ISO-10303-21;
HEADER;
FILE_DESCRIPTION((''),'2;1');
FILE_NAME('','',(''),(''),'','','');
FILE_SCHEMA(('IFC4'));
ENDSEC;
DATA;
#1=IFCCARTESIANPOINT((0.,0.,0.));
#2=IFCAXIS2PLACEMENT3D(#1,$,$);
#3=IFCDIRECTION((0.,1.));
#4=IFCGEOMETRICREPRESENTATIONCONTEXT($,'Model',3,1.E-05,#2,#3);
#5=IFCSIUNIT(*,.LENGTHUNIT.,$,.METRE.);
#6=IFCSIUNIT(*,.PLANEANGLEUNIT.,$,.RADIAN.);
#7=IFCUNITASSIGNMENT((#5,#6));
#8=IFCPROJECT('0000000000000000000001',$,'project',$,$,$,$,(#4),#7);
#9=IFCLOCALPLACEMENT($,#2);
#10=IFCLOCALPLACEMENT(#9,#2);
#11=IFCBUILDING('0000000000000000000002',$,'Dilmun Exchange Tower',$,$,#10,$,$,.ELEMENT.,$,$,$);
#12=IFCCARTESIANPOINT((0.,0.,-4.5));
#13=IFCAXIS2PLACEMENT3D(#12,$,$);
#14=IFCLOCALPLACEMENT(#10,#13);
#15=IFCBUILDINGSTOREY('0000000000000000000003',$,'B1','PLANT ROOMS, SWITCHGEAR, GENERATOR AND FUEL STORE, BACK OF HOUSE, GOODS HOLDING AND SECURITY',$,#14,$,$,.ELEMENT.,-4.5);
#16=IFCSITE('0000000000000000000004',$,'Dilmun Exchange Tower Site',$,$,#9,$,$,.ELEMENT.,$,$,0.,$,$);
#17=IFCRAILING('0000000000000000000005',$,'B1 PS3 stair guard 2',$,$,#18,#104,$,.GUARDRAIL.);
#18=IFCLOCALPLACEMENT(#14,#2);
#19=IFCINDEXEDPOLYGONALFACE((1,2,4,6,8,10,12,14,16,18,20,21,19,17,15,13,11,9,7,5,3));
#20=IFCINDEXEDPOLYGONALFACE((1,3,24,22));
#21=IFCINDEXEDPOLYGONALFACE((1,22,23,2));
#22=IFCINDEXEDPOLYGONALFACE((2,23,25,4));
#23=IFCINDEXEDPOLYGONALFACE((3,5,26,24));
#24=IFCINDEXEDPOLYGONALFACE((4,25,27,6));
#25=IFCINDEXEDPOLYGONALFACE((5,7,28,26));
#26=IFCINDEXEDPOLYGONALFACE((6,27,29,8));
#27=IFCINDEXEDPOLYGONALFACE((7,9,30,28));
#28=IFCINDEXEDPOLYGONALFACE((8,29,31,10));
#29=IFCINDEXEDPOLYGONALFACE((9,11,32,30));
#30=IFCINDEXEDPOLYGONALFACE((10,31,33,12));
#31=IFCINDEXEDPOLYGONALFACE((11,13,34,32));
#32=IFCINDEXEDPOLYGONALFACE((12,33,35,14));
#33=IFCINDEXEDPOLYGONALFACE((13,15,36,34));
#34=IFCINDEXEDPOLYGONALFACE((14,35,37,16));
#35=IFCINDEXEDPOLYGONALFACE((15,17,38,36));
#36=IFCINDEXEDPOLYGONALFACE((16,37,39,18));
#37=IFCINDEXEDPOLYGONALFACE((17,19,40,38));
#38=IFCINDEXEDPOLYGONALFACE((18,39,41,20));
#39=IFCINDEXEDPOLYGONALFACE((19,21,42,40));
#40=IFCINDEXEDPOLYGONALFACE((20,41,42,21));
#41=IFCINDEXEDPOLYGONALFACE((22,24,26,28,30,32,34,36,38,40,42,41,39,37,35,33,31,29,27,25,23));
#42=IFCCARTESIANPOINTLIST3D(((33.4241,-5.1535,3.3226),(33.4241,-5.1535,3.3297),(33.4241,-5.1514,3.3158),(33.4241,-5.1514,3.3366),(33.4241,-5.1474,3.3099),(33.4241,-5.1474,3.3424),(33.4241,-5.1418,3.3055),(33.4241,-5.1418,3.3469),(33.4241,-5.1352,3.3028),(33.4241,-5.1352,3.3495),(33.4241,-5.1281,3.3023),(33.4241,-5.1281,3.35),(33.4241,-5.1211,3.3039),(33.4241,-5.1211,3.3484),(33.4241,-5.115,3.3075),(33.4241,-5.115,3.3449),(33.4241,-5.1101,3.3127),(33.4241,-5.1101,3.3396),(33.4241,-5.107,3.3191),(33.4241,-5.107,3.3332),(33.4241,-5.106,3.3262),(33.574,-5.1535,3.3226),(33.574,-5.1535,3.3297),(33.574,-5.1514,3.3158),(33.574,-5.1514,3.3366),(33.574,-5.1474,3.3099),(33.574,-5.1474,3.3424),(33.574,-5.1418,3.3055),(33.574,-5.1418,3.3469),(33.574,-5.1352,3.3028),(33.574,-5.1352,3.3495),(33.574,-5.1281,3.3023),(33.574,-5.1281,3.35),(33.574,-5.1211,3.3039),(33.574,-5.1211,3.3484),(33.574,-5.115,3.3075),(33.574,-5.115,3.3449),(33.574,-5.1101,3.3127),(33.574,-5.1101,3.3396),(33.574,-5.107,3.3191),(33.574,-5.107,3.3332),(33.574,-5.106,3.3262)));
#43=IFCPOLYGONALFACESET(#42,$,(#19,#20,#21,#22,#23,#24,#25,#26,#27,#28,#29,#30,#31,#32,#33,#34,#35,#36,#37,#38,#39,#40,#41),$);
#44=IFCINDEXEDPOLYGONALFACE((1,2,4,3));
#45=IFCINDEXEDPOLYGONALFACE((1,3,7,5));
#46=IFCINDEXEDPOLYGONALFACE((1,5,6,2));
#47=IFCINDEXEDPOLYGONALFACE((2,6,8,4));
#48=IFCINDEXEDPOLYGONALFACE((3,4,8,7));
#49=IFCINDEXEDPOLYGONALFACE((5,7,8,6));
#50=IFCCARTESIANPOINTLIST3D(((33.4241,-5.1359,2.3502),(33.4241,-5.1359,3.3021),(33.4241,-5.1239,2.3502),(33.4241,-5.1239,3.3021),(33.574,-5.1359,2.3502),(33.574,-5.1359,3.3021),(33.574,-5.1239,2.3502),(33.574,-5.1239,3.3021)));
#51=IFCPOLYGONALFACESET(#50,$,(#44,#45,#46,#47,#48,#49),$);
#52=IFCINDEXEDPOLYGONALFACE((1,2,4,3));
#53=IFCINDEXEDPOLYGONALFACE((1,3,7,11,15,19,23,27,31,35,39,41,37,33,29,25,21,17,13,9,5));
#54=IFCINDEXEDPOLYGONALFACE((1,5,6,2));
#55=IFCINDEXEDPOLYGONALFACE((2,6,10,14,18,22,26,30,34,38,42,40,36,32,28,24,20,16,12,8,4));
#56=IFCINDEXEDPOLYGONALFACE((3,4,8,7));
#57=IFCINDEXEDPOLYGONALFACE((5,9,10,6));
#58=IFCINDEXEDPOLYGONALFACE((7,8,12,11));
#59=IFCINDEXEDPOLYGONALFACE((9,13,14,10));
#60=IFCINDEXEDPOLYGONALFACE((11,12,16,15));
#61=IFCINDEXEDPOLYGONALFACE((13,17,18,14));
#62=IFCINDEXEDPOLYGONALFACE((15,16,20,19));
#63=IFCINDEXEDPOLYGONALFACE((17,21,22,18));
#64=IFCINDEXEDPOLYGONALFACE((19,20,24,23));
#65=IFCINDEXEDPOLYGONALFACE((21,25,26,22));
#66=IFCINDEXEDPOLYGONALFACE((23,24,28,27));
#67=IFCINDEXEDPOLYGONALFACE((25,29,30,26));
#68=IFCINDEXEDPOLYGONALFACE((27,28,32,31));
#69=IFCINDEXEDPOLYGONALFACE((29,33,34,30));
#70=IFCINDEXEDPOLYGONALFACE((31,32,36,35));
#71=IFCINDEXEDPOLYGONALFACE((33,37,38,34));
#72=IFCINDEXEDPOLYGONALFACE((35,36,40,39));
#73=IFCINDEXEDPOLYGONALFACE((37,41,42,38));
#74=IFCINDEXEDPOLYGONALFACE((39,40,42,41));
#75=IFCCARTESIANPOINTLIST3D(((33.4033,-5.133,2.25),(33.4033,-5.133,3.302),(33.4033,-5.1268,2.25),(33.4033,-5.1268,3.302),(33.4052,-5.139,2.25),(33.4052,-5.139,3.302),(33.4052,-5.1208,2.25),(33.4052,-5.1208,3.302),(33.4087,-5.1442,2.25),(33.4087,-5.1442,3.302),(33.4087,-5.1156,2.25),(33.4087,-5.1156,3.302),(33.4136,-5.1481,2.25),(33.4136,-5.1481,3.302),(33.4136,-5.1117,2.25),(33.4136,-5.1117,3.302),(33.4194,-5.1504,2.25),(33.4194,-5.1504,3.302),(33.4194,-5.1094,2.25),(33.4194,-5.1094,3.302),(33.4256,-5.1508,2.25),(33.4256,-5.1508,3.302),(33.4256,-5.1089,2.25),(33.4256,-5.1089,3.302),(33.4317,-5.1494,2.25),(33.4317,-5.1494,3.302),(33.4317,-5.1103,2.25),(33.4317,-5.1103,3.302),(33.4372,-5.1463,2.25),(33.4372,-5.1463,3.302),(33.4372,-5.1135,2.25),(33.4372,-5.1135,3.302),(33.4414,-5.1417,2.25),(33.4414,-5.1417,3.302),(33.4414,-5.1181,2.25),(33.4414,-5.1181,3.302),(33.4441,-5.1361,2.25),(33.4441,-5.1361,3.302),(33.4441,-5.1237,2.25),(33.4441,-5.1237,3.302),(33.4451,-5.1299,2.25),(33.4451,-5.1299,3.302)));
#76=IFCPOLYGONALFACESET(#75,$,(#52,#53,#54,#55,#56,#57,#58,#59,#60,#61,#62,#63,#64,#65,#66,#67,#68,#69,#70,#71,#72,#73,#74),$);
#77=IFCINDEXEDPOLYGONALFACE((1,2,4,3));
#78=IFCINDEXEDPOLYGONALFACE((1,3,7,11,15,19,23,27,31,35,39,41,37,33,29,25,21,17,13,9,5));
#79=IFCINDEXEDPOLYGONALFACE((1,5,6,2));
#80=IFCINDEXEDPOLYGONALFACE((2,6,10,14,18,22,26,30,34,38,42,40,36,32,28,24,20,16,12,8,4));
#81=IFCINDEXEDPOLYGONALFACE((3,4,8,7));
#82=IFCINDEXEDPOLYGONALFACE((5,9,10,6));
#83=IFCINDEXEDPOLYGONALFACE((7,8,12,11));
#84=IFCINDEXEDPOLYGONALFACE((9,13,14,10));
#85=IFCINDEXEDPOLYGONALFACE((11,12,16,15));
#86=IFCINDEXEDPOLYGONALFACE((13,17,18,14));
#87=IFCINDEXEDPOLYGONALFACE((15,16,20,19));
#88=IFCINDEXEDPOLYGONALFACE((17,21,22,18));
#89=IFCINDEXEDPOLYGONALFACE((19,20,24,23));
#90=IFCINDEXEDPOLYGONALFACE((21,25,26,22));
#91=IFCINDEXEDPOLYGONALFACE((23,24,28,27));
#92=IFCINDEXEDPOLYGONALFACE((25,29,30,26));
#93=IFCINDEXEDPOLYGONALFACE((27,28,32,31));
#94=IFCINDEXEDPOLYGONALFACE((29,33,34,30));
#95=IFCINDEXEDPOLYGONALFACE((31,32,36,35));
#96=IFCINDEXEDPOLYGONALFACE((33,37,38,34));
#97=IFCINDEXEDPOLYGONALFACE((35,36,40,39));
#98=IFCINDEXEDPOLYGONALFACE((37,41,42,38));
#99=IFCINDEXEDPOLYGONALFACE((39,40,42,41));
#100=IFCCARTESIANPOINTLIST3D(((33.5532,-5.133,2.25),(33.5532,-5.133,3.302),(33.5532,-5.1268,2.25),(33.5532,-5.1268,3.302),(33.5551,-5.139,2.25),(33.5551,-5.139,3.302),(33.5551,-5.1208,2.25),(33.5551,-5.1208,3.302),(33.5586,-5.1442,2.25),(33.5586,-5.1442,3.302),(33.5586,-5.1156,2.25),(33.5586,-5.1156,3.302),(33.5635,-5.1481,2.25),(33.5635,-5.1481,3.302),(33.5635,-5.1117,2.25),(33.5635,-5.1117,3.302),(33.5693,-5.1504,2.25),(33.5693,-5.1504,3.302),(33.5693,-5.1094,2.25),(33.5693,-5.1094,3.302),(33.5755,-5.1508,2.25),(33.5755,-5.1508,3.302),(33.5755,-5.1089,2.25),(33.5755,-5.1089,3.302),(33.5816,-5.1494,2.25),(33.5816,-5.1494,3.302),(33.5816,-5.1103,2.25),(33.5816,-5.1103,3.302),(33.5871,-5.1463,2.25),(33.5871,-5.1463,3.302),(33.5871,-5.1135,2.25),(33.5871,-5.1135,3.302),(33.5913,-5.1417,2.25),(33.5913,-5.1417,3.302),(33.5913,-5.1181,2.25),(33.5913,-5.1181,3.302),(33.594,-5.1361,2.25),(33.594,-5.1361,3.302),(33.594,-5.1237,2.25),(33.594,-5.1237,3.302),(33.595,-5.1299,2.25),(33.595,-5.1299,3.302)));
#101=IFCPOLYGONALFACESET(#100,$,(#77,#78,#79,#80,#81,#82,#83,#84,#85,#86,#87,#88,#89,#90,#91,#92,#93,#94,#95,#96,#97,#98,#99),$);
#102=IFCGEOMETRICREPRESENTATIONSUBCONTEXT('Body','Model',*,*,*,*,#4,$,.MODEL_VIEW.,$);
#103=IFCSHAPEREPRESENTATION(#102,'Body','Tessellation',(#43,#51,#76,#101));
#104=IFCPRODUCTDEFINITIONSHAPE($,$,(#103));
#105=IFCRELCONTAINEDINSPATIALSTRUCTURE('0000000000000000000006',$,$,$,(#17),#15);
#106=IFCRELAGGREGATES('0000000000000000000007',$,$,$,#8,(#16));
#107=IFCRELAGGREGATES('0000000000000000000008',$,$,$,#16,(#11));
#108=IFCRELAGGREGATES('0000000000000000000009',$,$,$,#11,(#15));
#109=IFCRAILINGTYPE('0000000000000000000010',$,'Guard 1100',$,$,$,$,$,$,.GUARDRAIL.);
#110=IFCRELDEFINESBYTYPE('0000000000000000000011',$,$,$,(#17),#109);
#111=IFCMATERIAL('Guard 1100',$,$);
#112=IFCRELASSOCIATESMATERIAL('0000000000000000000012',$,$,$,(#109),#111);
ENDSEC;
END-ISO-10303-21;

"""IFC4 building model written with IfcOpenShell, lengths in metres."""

from ifc_helpers import new_model, si_unit, direction, frame, origin, origin_2d, place, context, subcontext, project, spatial, rectangle, circle, extrude, material, type_object, element, save


model = new_model("IFC4")

# Units and contexts
model_context = context("Model", 3, precision=1e-05, world=origin(), true_north=direction((0.0, 1.0)))
body_context = subcontext(model_context, "Body", "Model", "MODEL_VIEW")
ifc_project = project(units=[si_unit("LENGTHUNIT", "METRE"), si_unit("PLANEANGLEUNIT", "RADIAN")], contexts=[model_context])

# Site, building, storey
site_placement = place(None, origin())
site = spatial("IfcSite", under=ifc_project, at=site_placement, Name="Dilmun Exchange Tower Site", CompositionType="ELEMENT", RefElevation=0.0)
building_placement = place(site_placement, origin())
building = spatial("IfcBuilding", under=site, at=building_placement, Name="Dilmun Exchange Tower", CompositionType="ELEMENT")
storey_placement = place(building_placement, frame((0.0, 0.0, -4.5)))
storey = spatial("IfcBuildingStorey", under=building, at=storey_placement, Name="B1", Description="PLANT ROOMS, SWITCHGEAR, GENERATOR AND FUEL STORE, BACK OF HOUSE, GOODS HOLDING AND SECURITY", CompositionType="ELEMENT", Elevation=-4.5)

# Railing
ifc_material_1 = material(Name="Guard 1100")
railing_type_1 = type_object("IfcRailingType", Name="Guard 1100", PredefinedType="GUARDRAIL", material=ifc_material_1)
railing_1_placement = place(storey_placement, frame((33.4241, -5.1299, 2.25)))
element("IfcRailing", 1, at=railing_1_placement, inside=storey, type_object=railing_type_1, Name="B1 PS3 stair guard 2", PredefinedType="GUARDRAIL", context=body_context, shape_type="SweptSolid", body=[
    extrude(circle(Radius=0.0239, at=origin_2d()), frame((0.0, 0.0, 1.0762), z_axis=(1.0, 0.0, 0.0), x_axis=(0.0, 1.0, 0.0)), (0.0, 0.0, 1.0), 0.1499),
    extrude(rectangle(XDim=0.012, YDim=0.9519, at=origin_2d()), frame((0.0, 0.0, 0.5762), z_axis=(1.0, 0.0, 0.0), x_axis=(0.0, 1.0, 0.0)), (0.0, 0.0, 1.0), 0.1499),
    extrude(circle(Radius=0.021, at=origin_2d()), origin(), (0.0, 0.0, 1.0), 1.052),
    extrude(circle(Radius=0.021, at=origin_2d()), frame((0.1499, 0.0, 0.0)), (0.0, 0.0, 1.0), 1.052),
])

save(model, "model.ifc")
